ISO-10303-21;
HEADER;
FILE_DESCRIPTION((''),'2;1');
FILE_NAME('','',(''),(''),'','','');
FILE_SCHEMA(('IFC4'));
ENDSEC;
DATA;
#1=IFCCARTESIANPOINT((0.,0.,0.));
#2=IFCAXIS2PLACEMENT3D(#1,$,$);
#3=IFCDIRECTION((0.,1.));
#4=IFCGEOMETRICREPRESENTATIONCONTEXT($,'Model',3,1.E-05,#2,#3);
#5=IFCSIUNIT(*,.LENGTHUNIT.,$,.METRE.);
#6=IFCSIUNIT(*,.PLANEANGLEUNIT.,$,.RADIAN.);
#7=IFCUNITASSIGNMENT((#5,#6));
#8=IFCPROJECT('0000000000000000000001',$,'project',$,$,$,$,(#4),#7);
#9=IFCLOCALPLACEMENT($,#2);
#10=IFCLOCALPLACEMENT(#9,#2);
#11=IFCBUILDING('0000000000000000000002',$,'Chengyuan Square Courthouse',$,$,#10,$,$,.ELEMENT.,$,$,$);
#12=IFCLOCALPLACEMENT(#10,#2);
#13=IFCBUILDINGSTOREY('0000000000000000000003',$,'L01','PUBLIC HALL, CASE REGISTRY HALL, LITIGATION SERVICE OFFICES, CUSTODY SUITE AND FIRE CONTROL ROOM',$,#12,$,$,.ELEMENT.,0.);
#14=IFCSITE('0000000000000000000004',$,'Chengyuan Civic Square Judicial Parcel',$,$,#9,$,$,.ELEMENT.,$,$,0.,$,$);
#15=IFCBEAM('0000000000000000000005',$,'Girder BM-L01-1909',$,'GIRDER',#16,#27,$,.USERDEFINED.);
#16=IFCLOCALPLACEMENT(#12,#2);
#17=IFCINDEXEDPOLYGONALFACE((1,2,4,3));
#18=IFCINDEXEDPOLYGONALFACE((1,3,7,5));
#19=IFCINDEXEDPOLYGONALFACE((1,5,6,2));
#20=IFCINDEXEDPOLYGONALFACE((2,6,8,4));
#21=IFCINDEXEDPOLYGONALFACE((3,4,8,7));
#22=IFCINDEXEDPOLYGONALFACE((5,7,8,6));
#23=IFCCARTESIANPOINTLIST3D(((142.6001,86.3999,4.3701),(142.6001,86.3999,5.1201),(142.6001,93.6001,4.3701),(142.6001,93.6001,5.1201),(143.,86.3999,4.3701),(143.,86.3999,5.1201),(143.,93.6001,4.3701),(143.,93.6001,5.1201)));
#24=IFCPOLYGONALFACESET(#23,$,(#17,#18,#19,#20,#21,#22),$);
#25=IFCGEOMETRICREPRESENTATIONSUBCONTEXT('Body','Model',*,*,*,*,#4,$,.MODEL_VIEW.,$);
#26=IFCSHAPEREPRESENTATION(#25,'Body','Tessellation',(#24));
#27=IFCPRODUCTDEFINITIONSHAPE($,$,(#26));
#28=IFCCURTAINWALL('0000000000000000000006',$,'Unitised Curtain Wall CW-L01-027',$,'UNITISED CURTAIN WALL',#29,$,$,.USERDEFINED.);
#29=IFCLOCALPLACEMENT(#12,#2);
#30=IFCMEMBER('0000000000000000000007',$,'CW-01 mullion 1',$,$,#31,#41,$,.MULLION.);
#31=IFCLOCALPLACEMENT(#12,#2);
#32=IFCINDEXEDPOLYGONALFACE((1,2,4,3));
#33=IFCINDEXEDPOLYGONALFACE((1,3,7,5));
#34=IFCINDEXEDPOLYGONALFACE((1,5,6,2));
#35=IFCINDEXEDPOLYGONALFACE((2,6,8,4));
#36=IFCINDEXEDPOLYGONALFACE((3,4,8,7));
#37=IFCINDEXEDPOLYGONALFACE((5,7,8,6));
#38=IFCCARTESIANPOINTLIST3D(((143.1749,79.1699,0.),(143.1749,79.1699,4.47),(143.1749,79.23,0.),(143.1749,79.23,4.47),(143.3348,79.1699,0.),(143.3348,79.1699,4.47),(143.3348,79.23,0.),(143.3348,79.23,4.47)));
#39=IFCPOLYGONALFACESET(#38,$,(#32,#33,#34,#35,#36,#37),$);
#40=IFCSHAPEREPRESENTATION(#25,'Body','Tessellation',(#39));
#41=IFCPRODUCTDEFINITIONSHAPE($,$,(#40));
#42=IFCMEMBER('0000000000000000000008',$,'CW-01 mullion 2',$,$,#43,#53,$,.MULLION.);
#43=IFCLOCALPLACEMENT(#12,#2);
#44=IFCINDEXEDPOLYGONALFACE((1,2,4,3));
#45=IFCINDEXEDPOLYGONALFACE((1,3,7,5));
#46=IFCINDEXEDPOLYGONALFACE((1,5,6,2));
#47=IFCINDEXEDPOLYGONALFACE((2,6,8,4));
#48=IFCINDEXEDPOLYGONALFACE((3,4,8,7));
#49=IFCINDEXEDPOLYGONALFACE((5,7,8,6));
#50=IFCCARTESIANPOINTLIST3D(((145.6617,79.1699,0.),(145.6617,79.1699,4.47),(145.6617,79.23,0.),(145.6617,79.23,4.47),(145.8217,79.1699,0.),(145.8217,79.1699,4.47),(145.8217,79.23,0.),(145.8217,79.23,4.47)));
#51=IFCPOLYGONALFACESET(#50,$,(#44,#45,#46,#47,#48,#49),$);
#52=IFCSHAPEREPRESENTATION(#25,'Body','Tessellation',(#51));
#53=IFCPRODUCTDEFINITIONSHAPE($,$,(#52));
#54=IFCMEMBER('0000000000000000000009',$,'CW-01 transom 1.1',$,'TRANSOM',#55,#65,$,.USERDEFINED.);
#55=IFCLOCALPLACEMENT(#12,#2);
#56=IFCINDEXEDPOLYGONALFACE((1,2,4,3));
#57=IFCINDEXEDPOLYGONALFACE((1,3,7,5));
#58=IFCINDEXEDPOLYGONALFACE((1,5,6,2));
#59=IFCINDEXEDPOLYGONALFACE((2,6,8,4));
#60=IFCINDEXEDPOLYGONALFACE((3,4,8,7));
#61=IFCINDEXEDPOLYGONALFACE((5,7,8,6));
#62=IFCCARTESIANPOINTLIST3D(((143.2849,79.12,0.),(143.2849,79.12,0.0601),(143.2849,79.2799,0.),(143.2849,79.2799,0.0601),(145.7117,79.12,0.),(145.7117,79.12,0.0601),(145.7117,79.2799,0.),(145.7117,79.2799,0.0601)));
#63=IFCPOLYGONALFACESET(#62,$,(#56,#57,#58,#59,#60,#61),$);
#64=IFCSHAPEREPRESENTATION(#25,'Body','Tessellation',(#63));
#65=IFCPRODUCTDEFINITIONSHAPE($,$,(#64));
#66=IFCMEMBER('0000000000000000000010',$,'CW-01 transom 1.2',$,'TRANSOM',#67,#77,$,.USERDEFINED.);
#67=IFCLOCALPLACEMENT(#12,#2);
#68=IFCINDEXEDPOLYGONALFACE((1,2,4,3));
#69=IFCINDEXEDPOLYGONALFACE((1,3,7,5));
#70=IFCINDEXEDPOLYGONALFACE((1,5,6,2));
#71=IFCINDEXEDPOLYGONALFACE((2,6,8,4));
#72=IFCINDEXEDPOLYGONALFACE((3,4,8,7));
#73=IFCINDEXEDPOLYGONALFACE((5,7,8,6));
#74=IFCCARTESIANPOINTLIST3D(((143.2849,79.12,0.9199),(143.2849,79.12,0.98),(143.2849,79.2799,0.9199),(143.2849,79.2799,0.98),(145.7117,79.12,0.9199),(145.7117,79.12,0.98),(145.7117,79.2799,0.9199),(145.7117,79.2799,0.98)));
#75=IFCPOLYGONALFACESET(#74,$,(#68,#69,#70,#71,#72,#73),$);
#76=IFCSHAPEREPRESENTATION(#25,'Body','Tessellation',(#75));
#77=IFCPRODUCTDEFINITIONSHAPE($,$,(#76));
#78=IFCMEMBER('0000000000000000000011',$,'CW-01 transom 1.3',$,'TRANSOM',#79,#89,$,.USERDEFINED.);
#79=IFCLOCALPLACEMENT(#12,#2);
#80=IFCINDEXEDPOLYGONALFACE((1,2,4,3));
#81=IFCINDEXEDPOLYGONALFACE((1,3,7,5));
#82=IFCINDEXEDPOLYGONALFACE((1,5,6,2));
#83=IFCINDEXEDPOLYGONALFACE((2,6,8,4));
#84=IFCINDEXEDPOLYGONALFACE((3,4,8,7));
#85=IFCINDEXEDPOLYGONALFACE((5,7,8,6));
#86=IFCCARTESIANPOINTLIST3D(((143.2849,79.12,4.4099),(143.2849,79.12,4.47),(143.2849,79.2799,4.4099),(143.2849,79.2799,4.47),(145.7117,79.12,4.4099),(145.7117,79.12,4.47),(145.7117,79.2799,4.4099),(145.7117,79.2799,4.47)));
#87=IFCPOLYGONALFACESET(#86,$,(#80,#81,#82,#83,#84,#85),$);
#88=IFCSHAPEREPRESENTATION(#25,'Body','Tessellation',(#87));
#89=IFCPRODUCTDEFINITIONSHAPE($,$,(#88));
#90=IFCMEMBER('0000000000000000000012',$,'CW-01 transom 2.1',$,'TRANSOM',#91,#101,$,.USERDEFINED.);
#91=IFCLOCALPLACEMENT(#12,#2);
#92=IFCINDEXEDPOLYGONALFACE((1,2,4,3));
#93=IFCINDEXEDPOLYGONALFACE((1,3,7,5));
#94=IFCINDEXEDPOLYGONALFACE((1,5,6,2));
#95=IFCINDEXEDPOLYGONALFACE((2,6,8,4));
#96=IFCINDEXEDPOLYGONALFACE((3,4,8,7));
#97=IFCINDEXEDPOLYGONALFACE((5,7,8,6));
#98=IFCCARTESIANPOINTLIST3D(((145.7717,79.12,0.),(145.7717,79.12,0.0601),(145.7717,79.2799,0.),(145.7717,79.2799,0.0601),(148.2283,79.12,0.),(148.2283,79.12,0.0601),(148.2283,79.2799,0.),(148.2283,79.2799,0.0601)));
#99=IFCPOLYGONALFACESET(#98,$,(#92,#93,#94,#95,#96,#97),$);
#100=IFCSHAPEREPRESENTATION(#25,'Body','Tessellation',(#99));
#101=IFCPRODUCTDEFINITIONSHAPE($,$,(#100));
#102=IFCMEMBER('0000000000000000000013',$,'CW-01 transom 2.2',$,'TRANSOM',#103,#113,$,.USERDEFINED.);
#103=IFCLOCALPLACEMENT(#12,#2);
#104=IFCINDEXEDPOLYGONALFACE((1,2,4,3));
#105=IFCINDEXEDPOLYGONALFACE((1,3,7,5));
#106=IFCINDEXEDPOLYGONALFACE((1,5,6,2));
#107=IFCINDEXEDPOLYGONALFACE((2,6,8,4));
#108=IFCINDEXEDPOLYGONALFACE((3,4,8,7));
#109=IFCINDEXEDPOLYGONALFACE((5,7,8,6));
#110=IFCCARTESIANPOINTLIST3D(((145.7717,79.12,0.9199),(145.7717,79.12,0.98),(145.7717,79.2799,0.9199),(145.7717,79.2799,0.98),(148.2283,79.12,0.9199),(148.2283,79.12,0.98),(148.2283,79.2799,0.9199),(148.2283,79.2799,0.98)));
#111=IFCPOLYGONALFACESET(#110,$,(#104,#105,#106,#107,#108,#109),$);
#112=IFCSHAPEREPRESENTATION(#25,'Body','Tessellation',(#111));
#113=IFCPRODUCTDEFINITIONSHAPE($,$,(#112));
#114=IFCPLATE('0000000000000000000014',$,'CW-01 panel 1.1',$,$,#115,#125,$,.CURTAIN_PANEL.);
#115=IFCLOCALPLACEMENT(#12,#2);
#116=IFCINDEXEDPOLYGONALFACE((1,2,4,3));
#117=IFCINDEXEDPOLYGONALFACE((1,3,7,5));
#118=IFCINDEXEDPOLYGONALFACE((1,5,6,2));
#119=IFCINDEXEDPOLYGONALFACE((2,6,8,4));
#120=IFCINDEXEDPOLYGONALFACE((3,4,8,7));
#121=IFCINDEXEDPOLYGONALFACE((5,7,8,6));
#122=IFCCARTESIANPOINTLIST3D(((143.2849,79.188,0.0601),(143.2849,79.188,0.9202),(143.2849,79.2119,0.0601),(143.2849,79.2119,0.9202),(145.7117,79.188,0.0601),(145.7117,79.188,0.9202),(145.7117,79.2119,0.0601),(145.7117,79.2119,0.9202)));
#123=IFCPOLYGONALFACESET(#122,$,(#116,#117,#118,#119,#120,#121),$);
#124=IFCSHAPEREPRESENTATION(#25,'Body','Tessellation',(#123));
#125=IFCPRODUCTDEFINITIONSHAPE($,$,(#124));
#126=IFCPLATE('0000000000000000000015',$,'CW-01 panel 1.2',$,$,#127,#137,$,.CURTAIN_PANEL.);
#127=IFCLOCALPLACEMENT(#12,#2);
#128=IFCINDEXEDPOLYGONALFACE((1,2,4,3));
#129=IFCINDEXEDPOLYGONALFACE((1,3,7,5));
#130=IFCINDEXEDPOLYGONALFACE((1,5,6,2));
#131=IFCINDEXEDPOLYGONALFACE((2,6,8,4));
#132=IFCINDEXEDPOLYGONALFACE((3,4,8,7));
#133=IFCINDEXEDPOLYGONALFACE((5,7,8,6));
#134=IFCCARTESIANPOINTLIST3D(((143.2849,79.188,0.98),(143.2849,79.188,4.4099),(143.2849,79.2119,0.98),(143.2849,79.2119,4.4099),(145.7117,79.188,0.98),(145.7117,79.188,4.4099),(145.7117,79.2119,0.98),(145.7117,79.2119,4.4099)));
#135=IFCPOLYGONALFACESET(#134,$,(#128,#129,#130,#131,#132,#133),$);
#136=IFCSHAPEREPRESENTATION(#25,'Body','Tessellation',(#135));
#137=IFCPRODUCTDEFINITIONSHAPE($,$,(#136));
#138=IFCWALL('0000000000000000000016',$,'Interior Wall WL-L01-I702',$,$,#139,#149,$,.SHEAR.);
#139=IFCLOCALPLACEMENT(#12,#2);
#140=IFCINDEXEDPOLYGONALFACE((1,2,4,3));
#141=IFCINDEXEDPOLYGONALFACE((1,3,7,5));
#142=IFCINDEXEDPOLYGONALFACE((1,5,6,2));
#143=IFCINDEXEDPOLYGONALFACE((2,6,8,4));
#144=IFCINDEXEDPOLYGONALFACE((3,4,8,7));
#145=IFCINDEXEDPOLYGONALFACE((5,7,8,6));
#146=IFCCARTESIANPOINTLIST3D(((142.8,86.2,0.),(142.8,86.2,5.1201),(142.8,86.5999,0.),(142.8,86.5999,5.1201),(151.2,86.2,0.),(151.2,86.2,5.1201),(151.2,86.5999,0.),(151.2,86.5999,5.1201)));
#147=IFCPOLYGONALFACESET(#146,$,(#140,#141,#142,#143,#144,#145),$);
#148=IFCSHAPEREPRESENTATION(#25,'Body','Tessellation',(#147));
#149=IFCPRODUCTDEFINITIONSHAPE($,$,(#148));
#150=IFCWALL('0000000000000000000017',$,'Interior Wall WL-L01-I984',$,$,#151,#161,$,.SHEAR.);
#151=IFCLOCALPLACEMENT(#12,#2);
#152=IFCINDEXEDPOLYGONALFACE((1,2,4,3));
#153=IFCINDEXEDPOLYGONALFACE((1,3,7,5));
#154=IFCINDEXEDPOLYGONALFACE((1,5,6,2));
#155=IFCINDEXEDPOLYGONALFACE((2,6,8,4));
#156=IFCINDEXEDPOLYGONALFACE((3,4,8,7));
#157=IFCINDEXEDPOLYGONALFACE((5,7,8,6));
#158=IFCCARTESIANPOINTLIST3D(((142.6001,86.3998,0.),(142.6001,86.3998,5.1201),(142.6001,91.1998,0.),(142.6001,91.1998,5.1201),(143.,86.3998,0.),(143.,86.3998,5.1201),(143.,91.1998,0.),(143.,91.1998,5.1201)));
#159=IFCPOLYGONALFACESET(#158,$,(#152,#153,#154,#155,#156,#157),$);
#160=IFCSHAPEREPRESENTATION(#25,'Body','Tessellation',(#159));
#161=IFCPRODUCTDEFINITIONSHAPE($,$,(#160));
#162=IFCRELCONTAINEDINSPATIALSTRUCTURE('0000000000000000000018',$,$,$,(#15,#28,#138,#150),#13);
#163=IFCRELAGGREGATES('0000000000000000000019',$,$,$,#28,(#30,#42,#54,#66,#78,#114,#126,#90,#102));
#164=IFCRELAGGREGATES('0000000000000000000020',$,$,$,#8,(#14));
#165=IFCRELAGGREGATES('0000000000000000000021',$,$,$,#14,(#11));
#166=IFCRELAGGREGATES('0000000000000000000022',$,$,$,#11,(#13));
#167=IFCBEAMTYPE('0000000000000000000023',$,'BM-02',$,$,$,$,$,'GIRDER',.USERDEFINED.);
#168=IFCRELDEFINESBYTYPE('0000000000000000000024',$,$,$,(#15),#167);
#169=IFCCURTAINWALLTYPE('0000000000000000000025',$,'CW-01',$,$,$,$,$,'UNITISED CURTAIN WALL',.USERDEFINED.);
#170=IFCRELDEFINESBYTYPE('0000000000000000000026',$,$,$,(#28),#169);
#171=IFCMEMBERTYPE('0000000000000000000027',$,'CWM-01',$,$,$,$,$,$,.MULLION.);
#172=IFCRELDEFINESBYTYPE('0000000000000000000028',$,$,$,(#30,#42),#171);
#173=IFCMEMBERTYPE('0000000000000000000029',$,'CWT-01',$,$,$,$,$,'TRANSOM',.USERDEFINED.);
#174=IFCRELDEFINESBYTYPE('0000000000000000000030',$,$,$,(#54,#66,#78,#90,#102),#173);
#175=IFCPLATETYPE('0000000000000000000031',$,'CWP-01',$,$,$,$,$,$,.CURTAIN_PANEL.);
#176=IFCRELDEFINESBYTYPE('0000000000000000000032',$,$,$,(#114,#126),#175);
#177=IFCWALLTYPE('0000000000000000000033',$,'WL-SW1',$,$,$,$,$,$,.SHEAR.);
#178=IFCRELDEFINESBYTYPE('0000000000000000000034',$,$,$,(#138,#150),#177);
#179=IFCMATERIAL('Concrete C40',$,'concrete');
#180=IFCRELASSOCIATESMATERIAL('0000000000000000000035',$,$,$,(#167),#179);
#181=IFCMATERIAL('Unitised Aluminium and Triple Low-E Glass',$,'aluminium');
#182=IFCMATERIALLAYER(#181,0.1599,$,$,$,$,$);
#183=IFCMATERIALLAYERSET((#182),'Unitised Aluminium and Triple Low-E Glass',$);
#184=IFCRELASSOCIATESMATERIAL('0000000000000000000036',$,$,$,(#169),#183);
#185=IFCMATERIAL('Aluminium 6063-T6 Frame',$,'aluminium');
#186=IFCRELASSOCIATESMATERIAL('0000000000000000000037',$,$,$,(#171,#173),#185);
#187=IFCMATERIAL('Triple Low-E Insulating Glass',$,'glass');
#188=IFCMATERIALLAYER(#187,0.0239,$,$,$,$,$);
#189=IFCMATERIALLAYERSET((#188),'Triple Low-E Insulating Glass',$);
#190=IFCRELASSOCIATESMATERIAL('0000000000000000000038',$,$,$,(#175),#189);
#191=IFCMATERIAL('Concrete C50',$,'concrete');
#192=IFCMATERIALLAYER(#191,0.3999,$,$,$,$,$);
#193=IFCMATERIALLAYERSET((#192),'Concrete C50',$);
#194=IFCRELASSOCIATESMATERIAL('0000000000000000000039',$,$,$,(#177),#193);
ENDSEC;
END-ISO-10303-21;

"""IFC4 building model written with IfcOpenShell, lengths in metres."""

from ifc_helpers import new_model, si_unit, direction, frame, frame_2d, origin, origin_2d, place, context, subcontext, project, spatial, rectangle, extrude, material, layer, layer_set, material_profile, profile_set, type_object, element, aggregate, save


model = new_model("IFC4")

# Units and contexts
model_context = context("Model", 3, precision=1e-05, world=origin(), true_north=direction((0.0, 1.0)))
body_context = subcontext(model_context, "Body", "Model", "MODEL_VIEW")
ifc_project = project(units=[si_unit("LENGTHUNIT", "METRE"), si_unit("PLANEANGLEUNIT", "RADIAN")], contexts=[model_context])

# Site, building, storey
site_placement = place(None, origin())
site = spatial("IfcSite", under=ifc_project, at=site_placement, Name="Chengyuan Civic Square Judicial Parcel", CompositionType="ELEMENT", RefElevation=0.0)
building_placement = place(site_placement, origin())
building = spatial("IfcBuilding", under=site, at=building_placement, Name="Chengyuan Square Courthouse", CompositionType="ELEMENT")
storey_placement = place(building_placement, origin())
storey = spatial("IfcBuildingStorey", under=building, at=storey_placement, Name="L01", Description="PUBLIC HALL, CASE REGISTRY HALL, LITIGATION SERVICE OFFICES, CUSTODY SUITE AND FIRE CONTROL ROOM", CompositionType="ELEMENT", Elevation=0.0)

# Beam
ifc_material_1 = material(Name="Concrete C40", Category="concrete")
ifc_material_profile_1 = material_profile(ifc_material_1, rectangle(XDim=0.3999, YDim=0.75, at=origin_2d()), Name="RC-BM-400x750")
ifc_profile_set_1 = profile_set([ifc_material_profile_1], Name="Concrete C40")
beam_type = type_object("IfcBeamType", Name="BM-02", ElementType="GIRDER", PredefinedType="USERDEFINED", material=ifc_profile_set_1)
beam_placement = place(storey_placement, frame((142.8, 86.3999, 4.7451), z_axis=(0.0, 1.0, 0.0), x_axis=(-1.0, 0.0, 0.0)))
element("IfcBeam", 1, at=beam_placement, inside=storey, type_object=beam_type, Name="Girder BM-L01-1909", ObjectType="GIRDER", PredefinedType="USERDEFINED", context=body_context, shape_type="SweptSolid", body=[
    extrude(rectangle(XDim=0.3999, YDim=0.75, at=origin_2d()), origin(), (0.0, 0.0, 1.0), 7.2002),
])

# Curtain wall, members, plates
ifc_material_2 = material(Name="Unitised Aluminium and Triple Low-E Glass", Category="aluminium")
ifc_layer_1 = layer(ifc_material_2, 0.1599)
ifc_layer_set_1 = layer_set([ifc_layer_1], Name="Unitised Aluminium and Triple Low-E Glass")
curtain_wall_type = type_object("IfcCurtainWallType", Name="CW-01", ElementType="UNITISED CURTAIN WALL", PredefinedType="USERDEFINED", material=ifc_layer_set_1)
curtain_wall_placement = place(storey_placement, origin())
curtain_wall = element("IfcCurtainWall", 2, at=curtain_wall_placement, inside=storey, type_object=curtain_wall_type, Name="Unitised Curtain Wall CW-L01-027", ObjectType="UNITISED CURTAIN WALL", PredefinedType="USERDEFINED")
ifc_material_3 = material(Name="Aluminium 6063-T6 Frame", Category="aluminium")
ifc_material_profile_2 = material_profile(ifc_material_3, rectangle(XDim=0.0601, YDim=0.1599, at=origin_2d()), Name="CW-MUL-60x160")
ifc_profile_set_2 = profile_set([ifc_material_profile_2], Name="Aluminium 6063-T6 Frame")
member_type_1 = type_object("IfcMemberType", Name="CWM-01", PredefinedType="MULLION", material=ifc_profile_set_2)
member_1_placement = place(storey_placement, frame((143.2549, 79.2, 0.0), z_axis=(0.0, 0.0, 1.0), x_axis=(0.0, 1.0, 0.0)))
member_1 = element("IfcMember", 3, at=member_1_placement, type_object=member_type_1, Name="CW-01 mullion 1", PredefinedType="MULLION", context=body_context, shape_type="SweptSolid", body=[
    extrude(rectangle(XDim=0.0601, YDim=0.1599, at=origin_2d()), origin(), (0.0, 0.0, 1.0), 4.47),
])
member_2_placement = place(storey_placement, frame((145.7417, 79.2, 0.0), z_axis=(0.0, 0.0, 1.0), x_axis=(0.0, 1.0, 0.0)))
member_2 = element("IfcMember", 4, at=member_2_placement, type_object=member_type_1, Name="CW-01 mullion 2", PredefinedType="MULLION", context=body_context, shape_type="SweptSolid", body=[
    extrude(rectangle(XDim=0.0601, YDim=0.1599, at=origin_2d()), origin(), (0.0, 0.0, 1.0), 4.47),
])
ifc_material_profile_3 = material_profile(ifc_material_3, rectangle(XDim=0.1599, YDim=0.0601, at=origin_2d()), Name="CW-TRN-60x120")
ifc_profile_set_3 = profile_set([ifc_material_profile_3], Name="Aluminium 6063-T6 Frame")
member_type_2 = type_object("IfcMemberType", Name="CWT-01", ElementType="TRANSOM", PredefinedType="USERDEFINED", material=ifc_profile_set_3)
member_3_placement = place(storey_placement, frame((143.2849, 79.2, 0.03), z_axis=(1.0, 0.0, 0.0), x_axis=(0.0, 1.0, 0.0)))
member_3 = element("IfcMember", 5, at=member_3_placement, type_object=member_type_2, Name="CW-01 transom 1.1", ObjectType="TRANSOM", PredefinedType="USERDEFINED", context=body_context, shape_type="SweptSolid", body=[
    extrude(rectangle(XDim=0.1599, YDim=0.0601, at=origin_2d()), origin(), (0.0, 0.0, 1.0), 2.4268),
])
member_4_placement = place(storey_placement, frame((143.2849, 79.2, 0.95), z_axis=(1.0, 0.0, 0.0), x_axis=(0.0, 1.0, 0.0)))
member_4 = element("IfcMember", 6, at=member_4_placement, type_object=member_type_2, Name="CW-01 transom 1.2", ObjectType="TRANSOM", PredefinedType="USERDEFINED", context=body_context, shape_type="SweptSolid", body=[
    extrude(rectangle(XDim=0.1599, YDim=0.0601, at=origin_2d()), origin(), (0.0, 0.0, 1.0), 2.4268),
])
member_5_placement = place(storey_placement, frame((143.2849, 79.2, 4.4399), z_axis=(1.0, 0.0, 0.0), x_axis=(0.0, 1.0, 0.0)))
member_5 = element("IfcMember", 7, at=member_5_placement, type_object=member_type_2, Name="CW-01 transom 1.3", ObjectType="TRANSOM", PredefinedType="USERDEFINED", context=body_context, shape_type="SweptSolid", body=[
    extrude(rectangle(XDim=0.1599, YDim=0.0601, at=origin_2d()), origin(), (0.0, 0.0, 1.0), 2.4268),
])
member_6_placement = place(storey_placement, frame((145.7717, 79.2, 0.03), z_axis=(1.0, 0.0, 0.0), x_axis=(0.0, 1.0, 0.0)))
member_6 = element("IfcMember", 8, at=member_6_placement, type_object=member_type_2, Name="CW-01 transom 2.1", ObjectType="TRANSOM", PredefinedType="USERDEFINED", context=body_context, shape_type="SweptSolid", body=[
    extrude(rectangle(XDim=0.1599, YDim=0.0601, at=origin_2d()), origin(), (0.0, 0.0, 1.0), 2.4565),
])
member_7_placement = place(storey_placement, frame((145.7717, 79.2, 0.95), z_axis=(1.0, 0.0, 0.0), x_axis=(0.0, 1.0, 0.0)))
member_7 = element("IfcMember", 9, at=member_7_placement, type_object=member_type_2, Name="CW-01 transom 2.2", ObjectType="TRANSOM", PredefinedType="USERDEFINED", context=body_context, shape_type="SweptSolid", body=[
    extrude(rectangle(XDim=0.1599, YDim=0.0601, at=origin_2d()), origin(), (0.0, 0.0, 1.0), 2.4565),
])
ifc_material_4 = material(Name="Triple Low-E Insulating Glass", Category="glass")
ifc_layer_2 = layer(ifc_material_4, 0.0239)
ifc_layer_set_2 = layer_set([ifc_layer_2], Name="Triple Low-E Insulating Glass")
plate_type = type_object("IfcPlateType", Name="CWP-01", PredefinedType="CURTAIN_PANEL", material=ifc_layer_set_2)
plate_1_placement = place(storey_placement, frame((144.4983, 79.2, 0.0601), z_axis=(0.0, 0.0, 1.0), x_axis=(1.0, 0.0, 0.0)))
plate_1 = element("IfcPlate", 10, at=plate_1_placement, type_object=plate_type, Name="CW-01 panel 1.1", PredefinedType="CURTAIN_PANEL", context=body_context, shape_type="SweptSolid", body=[
    extrude(rectangle(XDim=2.4268, YDim=0.0239, at=origin_2d()), origin(), (0.0, 0.0, 1.0), 0.8601),
])
plate_2_placement = place(storey_placement, frame((144.4983, 79.2, 0.98), z_axis=(0.0, 0.0, 1.0), x_axis=(1.0, 0.0, 0.0)))
plate_2 = element("IfcPlate", 11, at=plate_2_placement, type_object=plate_type, Name="CW-01 panel 1.2", PredefinedType="CURTAIN_PANEL", context=body_context, shape_type="SweptSolid", body=[
    extrude(rectangle(XDim=2.4268, YDim=0.0239, at=origin_2d()), origin(), (0.0, 0.0, 1.0), 3.4299),
])
aggregate(curtain_wall, [member_1, member_2, member_3, member_4, member_5, plate_1, plate_2, member_6, member_7])

# Walls
ifc_material_5 = material(Name="Concrete C50", Category="concrete")
ifc_layer_3 = layer(ifc_material_5, 0.3999)
ifc_layer_set_3 = layer_set([ifc_layer_3], Name="Concrete C50")
wall_type = type_object("IfcWallType", Name="WL-SW1", PredefinedType="SHEAR", material=ifc_layer_set_3)
wall_1_placement = place(storey_placement, frame((142.8, 86.3999, 0.0), z_axis=(0.0, 0.0, 1.0), x_axis=(1.0, 0.0, 0.0)))
element("IfcWall", 12, at=wall_1_placement, inside=storey, type_object=wall_type, Name="Interior Wall WL-L01-I702", PredefinedType="SHEAR", context=body_context, shape_type="SweptSolid", body=[
    extrude(rectangle(XDim=8.3999, YDim=0.3999, at=frame_2d((4.2, 0.0))), origin(), (0.0, 0.0, 1.0), 5.1201),
])
wall_2_placement = place(storey_placement, frame((142.8, 86.3999, 0.0), z_axis=(0.0, 0.0, 1.0), x_axis=(0.0, 1.0, 0.0)))
element("IfcWall", 13, at=wall_2_placement, inside=storey, type_object=wall_type, Name="Interior Wall WL-L01-I984", PredefinedType="SHEAR", context=body_context, shape_type="SweptSolid", body=[
    extrude(rectangle(XDim=4.8, YDim=0.3999, at=frame_2d((2.3999, 0.0))), origin(), (0.0, 0.0, 1.0), 5.1201),
])

save(model, "model.ifc")
